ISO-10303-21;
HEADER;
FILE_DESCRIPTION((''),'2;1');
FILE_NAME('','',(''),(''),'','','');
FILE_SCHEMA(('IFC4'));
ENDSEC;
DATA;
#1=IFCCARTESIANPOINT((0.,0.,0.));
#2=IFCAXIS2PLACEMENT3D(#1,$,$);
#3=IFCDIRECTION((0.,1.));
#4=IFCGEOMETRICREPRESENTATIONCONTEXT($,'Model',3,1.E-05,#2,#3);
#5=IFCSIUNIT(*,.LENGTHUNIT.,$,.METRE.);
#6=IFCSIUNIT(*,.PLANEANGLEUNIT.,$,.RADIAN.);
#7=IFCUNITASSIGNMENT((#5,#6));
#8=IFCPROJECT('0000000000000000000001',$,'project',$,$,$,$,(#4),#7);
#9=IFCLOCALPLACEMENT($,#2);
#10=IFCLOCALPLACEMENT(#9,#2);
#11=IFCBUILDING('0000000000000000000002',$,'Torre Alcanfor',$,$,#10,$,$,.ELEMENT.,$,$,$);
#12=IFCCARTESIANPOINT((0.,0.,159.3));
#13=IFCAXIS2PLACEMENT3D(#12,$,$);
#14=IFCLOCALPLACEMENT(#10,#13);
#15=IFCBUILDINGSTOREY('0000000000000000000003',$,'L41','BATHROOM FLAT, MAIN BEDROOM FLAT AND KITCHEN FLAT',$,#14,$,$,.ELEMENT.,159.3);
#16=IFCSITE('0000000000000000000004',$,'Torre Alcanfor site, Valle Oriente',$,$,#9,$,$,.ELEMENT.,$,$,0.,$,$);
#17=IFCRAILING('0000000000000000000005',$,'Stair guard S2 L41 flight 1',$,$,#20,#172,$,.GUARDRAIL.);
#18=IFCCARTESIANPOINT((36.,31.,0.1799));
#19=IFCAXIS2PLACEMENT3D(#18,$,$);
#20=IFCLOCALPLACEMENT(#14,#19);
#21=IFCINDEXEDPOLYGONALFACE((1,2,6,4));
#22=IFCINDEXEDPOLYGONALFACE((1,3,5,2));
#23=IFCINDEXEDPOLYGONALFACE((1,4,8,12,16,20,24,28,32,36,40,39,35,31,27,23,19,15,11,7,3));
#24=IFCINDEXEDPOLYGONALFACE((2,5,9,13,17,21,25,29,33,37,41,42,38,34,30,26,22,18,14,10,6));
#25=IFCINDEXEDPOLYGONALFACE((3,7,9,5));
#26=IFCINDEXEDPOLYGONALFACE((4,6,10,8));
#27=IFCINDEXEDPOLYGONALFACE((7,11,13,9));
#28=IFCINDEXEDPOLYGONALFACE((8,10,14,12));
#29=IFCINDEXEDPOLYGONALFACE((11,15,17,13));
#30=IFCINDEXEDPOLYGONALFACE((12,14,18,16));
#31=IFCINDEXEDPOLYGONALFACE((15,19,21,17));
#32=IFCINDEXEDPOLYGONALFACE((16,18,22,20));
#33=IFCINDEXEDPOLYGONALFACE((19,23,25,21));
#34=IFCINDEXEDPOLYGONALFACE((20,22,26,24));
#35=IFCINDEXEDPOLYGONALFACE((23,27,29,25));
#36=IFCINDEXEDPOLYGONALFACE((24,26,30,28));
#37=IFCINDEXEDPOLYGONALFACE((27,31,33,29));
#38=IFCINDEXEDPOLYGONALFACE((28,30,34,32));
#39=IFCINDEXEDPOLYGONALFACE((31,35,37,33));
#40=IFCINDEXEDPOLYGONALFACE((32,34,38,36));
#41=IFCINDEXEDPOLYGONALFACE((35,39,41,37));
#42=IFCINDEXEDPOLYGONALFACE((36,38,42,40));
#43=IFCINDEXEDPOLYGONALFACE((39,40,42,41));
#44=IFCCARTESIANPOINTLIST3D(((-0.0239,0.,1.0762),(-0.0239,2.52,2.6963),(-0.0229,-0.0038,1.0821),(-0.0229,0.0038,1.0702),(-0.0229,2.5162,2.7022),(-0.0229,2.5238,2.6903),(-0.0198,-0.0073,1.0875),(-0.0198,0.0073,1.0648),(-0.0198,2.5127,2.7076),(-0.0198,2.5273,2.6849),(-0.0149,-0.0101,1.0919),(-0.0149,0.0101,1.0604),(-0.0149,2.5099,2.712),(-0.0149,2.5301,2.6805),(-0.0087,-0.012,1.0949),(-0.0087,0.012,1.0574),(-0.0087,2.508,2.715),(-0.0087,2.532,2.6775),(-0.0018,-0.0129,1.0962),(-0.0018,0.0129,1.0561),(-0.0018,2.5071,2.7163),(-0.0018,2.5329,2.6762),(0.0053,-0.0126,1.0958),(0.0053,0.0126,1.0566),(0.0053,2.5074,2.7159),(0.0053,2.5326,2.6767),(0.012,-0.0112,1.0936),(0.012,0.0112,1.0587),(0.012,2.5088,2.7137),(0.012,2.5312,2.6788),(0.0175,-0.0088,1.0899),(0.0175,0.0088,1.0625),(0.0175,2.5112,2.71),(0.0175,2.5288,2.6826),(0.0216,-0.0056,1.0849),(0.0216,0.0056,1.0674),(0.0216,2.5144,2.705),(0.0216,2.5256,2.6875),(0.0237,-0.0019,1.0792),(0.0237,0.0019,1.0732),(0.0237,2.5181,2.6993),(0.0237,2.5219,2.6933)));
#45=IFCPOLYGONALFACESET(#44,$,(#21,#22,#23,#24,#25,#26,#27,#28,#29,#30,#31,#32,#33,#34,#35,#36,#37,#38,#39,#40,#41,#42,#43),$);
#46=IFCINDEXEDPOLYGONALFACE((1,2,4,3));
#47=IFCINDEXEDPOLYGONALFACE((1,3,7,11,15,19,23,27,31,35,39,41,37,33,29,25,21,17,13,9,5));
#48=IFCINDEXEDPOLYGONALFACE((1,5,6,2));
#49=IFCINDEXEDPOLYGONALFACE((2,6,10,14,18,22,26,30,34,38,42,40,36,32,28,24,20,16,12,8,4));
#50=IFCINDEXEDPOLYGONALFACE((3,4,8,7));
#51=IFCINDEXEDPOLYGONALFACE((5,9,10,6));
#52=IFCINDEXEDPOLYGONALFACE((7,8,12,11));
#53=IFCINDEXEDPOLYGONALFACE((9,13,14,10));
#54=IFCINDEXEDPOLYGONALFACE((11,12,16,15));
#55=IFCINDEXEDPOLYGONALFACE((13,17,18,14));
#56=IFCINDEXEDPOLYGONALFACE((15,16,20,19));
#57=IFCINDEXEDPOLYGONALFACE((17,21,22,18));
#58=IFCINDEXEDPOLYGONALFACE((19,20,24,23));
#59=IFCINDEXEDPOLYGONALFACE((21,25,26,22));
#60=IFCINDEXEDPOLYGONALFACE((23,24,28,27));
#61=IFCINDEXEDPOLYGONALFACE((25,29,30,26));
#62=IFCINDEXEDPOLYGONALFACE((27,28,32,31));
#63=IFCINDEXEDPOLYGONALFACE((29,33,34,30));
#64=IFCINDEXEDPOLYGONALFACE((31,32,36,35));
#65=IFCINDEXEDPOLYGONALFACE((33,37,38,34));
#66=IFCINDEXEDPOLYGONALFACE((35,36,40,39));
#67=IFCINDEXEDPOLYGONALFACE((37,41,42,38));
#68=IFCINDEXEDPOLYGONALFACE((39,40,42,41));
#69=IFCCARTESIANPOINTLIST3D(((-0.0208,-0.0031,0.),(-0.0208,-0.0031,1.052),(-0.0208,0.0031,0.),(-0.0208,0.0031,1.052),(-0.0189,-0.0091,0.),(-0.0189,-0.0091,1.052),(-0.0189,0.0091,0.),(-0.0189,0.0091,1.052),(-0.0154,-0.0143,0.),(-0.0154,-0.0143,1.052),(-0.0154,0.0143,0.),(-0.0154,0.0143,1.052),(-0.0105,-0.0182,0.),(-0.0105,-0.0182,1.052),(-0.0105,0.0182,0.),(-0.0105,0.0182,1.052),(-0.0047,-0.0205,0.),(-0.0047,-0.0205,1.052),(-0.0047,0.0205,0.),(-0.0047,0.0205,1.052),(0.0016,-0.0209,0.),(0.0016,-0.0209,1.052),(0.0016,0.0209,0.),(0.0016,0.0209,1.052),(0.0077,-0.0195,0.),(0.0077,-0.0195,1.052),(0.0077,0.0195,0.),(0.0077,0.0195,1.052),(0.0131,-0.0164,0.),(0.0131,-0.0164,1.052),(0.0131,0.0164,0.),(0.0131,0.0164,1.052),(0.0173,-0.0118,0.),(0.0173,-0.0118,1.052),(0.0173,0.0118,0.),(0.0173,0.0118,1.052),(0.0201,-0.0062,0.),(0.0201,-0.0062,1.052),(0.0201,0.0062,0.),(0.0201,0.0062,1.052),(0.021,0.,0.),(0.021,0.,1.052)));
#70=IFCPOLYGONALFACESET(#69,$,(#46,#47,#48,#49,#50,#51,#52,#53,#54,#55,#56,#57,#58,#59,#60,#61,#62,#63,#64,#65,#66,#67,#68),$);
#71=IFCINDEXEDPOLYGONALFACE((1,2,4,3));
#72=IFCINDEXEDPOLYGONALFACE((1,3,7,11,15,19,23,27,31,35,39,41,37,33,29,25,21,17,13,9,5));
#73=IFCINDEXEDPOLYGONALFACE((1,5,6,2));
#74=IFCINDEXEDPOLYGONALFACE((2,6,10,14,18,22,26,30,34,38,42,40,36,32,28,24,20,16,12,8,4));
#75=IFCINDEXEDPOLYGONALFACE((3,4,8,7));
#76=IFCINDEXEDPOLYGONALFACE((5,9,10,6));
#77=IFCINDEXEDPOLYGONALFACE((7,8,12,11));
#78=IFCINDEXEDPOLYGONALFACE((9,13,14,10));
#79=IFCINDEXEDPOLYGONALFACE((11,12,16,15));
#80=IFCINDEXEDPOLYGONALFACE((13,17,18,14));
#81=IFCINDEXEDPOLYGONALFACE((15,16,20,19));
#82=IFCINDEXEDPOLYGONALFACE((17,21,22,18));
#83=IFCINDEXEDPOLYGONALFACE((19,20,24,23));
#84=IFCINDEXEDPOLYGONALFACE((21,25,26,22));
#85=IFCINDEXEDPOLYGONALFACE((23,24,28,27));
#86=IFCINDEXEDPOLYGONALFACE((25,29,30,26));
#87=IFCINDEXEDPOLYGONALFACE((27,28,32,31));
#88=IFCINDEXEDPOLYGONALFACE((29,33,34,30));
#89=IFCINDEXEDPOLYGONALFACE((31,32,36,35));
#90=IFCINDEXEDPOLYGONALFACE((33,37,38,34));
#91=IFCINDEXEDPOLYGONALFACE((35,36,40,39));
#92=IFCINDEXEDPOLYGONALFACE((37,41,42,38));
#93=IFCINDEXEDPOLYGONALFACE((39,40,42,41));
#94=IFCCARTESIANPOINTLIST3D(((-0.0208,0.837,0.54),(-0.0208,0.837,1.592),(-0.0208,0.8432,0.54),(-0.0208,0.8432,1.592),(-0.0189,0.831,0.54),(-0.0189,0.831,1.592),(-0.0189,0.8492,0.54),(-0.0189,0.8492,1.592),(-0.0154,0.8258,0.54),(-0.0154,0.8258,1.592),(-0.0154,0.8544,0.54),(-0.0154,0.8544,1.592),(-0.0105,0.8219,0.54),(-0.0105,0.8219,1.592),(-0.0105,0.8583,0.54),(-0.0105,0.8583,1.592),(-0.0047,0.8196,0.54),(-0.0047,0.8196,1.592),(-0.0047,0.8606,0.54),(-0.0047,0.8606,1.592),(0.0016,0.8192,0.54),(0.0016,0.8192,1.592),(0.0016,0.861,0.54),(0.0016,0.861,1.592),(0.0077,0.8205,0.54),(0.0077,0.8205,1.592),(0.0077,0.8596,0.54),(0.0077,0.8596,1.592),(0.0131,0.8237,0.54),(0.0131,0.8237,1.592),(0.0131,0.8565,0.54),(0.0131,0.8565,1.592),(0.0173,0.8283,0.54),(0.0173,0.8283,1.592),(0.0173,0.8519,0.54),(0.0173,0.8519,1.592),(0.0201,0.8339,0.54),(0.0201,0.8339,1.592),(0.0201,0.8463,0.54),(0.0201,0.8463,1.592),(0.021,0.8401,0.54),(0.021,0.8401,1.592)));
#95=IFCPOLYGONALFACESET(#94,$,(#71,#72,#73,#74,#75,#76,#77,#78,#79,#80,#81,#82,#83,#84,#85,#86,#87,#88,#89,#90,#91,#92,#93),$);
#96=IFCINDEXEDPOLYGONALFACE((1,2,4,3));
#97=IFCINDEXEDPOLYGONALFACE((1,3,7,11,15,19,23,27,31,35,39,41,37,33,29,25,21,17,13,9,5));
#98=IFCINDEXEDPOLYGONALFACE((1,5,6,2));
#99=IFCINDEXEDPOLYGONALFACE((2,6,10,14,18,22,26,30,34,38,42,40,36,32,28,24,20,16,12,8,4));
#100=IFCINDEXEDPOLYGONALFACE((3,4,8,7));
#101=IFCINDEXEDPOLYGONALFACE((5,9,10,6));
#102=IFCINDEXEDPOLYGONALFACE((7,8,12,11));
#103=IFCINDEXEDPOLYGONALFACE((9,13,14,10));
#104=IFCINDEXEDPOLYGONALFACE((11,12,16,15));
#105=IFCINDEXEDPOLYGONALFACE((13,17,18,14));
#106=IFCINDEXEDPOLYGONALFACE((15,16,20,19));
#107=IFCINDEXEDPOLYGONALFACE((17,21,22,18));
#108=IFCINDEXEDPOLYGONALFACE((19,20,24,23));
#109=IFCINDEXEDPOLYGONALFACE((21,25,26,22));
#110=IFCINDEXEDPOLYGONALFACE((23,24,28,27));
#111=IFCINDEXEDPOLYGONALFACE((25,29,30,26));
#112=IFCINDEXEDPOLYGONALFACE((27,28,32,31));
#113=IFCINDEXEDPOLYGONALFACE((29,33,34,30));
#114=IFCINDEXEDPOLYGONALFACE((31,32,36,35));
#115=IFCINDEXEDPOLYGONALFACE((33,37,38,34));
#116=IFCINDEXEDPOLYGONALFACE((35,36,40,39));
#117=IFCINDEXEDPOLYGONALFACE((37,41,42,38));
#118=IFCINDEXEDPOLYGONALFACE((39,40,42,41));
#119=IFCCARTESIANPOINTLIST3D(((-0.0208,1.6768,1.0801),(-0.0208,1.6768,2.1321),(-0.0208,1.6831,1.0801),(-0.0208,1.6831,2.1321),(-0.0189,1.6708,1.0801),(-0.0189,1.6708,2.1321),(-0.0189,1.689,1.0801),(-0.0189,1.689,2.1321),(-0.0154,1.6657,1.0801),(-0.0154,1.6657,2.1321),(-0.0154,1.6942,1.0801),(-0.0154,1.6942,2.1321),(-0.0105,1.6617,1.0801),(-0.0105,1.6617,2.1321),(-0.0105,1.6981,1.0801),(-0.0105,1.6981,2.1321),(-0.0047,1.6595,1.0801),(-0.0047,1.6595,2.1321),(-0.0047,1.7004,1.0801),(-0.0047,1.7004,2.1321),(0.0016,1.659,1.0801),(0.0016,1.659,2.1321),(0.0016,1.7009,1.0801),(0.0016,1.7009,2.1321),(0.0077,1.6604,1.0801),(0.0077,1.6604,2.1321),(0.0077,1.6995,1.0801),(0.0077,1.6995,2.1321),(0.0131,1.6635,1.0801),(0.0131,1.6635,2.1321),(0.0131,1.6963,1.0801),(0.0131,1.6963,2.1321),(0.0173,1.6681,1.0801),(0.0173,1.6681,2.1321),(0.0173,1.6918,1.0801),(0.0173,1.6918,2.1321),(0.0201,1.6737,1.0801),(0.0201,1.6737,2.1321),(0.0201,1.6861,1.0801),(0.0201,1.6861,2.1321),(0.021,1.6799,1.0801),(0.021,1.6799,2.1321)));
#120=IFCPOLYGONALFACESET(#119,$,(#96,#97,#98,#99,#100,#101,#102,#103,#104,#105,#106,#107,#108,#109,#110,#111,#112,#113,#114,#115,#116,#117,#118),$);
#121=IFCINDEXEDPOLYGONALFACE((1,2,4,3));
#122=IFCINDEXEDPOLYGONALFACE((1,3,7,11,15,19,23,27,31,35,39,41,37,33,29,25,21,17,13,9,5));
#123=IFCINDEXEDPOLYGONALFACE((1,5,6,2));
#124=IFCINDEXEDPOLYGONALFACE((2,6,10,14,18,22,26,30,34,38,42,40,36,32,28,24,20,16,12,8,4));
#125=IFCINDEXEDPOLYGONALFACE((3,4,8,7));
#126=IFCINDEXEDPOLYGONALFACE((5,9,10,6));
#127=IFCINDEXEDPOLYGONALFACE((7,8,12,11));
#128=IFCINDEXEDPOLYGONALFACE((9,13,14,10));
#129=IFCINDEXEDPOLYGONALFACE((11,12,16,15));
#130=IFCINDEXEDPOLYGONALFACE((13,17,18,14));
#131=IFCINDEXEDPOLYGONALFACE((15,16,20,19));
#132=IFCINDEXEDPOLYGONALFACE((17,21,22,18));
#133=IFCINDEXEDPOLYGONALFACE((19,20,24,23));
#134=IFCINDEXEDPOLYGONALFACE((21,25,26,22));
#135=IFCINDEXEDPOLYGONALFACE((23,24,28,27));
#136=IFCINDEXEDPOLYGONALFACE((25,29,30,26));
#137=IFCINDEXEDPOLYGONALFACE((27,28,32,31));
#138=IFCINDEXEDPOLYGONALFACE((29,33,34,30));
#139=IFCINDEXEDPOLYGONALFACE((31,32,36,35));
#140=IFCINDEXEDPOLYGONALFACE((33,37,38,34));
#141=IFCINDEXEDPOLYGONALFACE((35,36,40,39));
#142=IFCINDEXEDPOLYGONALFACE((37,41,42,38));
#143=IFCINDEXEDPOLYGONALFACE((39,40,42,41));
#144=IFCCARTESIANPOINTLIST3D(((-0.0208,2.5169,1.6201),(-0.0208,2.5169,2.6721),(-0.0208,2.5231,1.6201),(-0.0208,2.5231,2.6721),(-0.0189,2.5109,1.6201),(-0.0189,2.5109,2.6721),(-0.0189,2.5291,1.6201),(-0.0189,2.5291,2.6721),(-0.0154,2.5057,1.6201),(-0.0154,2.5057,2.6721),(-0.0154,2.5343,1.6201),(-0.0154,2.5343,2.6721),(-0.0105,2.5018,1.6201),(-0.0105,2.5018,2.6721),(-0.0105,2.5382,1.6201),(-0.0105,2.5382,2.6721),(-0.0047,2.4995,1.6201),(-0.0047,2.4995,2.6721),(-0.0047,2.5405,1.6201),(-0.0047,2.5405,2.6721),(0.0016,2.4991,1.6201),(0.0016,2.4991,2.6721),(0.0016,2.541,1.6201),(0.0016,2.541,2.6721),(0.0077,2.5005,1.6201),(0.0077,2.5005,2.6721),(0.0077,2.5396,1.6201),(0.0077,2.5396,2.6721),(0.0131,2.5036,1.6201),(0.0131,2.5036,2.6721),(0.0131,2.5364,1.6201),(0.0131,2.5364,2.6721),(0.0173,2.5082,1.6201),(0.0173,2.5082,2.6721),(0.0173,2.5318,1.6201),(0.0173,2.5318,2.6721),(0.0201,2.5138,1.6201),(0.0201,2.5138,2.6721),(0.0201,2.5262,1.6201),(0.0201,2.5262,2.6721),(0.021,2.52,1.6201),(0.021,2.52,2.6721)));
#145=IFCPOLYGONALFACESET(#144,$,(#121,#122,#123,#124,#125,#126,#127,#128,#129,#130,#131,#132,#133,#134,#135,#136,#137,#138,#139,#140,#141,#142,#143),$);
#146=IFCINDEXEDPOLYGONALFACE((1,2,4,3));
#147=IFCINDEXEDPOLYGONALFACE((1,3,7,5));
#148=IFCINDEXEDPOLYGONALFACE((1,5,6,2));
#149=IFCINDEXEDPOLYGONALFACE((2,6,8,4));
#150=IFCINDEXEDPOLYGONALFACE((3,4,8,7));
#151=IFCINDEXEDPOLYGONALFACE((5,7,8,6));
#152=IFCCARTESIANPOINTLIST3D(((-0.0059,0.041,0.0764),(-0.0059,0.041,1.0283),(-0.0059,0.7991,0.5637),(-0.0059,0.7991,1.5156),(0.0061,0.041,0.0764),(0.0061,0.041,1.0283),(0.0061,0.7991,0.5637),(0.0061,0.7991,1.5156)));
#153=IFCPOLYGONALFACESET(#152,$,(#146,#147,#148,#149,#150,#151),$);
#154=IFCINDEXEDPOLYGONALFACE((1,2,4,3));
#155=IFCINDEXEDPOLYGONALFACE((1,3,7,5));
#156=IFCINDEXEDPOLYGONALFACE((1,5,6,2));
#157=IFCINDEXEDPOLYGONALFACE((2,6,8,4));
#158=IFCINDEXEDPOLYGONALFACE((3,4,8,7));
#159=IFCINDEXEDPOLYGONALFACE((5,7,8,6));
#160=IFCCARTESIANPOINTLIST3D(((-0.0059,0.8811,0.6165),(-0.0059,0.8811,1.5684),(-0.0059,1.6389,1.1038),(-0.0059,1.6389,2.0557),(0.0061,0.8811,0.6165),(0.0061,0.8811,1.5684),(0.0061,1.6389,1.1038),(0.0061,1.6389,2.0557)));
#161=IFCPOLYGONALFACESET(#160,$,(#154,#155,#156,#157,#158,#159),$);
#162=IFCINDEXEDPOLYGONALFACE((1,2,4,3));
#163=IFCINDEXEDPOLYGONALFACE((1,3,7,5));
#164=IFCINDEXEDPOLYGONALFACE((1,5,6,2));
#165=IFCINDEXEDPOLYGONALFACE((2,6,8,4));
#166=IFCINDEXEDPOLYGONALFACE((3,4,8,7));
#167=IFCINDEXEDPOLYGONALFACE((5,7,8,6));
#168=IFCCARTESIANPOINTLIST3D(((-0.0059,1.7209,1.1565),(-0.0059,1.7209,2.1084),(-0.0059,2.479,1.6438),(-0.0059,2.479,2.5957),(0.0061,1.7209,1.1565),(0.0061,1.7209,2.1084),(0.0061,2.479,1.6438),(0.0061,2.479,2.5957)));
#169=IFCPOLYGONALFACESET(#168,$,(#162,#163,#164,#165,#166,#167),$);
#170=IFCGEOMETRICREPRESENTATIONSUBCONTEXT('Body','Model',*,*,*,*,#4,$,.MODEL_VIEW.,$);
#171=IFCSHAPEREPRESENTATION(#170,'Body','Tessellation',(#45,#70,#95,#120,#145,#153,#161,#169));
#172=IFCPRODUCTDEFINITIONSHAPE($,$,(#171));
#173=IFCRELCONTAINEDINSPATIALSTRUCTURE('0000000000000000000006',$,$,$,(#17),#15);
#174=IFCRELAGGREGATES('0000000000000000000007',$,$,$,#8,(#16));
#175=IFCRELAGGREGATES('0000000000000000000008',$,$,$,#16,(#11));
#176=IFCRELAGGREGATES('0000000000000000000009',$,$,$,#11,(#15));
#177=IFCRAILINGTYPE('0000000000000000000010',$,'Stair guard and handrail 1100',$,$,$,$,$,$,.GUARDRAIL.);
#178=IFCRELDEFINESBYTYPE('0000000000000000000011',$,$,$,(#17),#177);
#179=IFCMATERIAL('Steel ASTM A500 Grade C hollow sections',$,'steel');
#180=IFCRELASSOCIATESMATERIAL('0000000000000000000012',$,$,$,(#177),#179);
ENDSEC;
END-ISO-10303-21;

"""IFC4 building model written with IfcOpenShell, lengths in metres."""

from ifc_helpers import new_model, si_unit, direction, frame, origin, origin_2d, place, context, subcontext, project, spatial, polyline, circle, outline, extrude, material, type_object, element, save


model = new_model("IFC4")

# Units and contexts
model_context = context("Model", 3, precision=1e-05, world=origin(), true_north=direction((0.0, 1.0)))
body_context = subcontext(model_context, "Body", "Model", "MODEL_VIEW")
ifc_project = project(units=[si_unit("LENGTHUNIT", "METRE"), si_unit("PLANEANGLEUNIT", "RADIAN")], contexts=[model_context])

# Site, building, storey
site_placement = place(None, origin())
site = spatial("IfcSite", under=ifc_project, at=site_placement, Name="Torre Alcanfor site, Valle Oriente", CompositionType="ELEMENT", RefElevation=0.0)
building_placement = place(site_placement, origin())
building = spatial("IfcBuilding", under=site, at=building_placement, Name="Torre Alcanfor", CompositionType="ELEMENT")
storey_placement = place(building_placement, frame((0.0, 0.0, 159.3)))
storey = spatial("IfcBuildingStorey", under=building, at=storey_placement, Name="L41", Description="BATHROOM FLAT, MAIN BEDROOM FLAT AND KITCHEN FLAT", CompositionType="ELEMENT", Elevation=159.3)

# Railing
ifc_material_1 = material(Name="Steel ASTM A500 Grade C hollow sections", Category="steel")
railing_type_1 = type_object("IfcRailingType", Name="Stair guard and handrail 1100", PredefinedType="GUARDRAIL", material=ifc_material_1)
railing_1_placement = place(storey_placement, frame((36.0, 31.0, 0.1799)))
element("IfcRailing", 1, at=railing_1_placement, inside=storey, type_object=railing_type_1, Name="Stair guard S2 L41 flight 1", PredefinedType="GUARDRAIL", context=body_context, shape_type="SweptSolid", body=[
    extrude(circle(Radius=0.0239, at=origin_2d()), frame((0.0, 0.0, 1.0762), z_axis=(0.0, 0.841163, 0.540782), x_axis=(-1.0, 0.0, 0.0)), (0.0, 0.0, 1.0), 2.9958),
    extrude(circle(Radius=0.021, at=origin_2d()), origin(), (0.0, 0.0, 1.0), 1.052),
    extrude(circle(Radius=0.021, at=origin_2d()), frame((0.0, 0.8401, 0.54)), (0.0, 0.0, 1.0), 1.052),
    extrude(circle(Radius=0.021, at=origin_2d()), frame((0.0, 1.6799, 1.0801)), (0.0, 0.0, 1.0), 1.052),
    extrude(circle(Radius=0.021, at=origin_2d()), frame((0.0, 2.52, 1.6201)), (0.0, 0.0, 1.0), 1.052),
    extrude(outline(polyline([(0.041, 0.0764), (0.7991, 0.5637), (0.7991, 1.5156), (0.041, 1.0283), (0.041, 0.0764)])), frame((-0.0059, 0.0, 0.0), z_axis=(1.0, 0.0, 0.0), x_axis=(0.0, 1.0, 0.0)), (0.0, 0.0, 1.0), 0.012),
    extrude(outline(polyline([(0.8811, 0.6165), (1.6389, 1.1038), (1.6389, 2.0557), (0.8811, 1.5684), (0.8811, 0.6165)])), frame((-0.0059, 0.0, 0.0), z_axis=(1.0, 0.0, 0.0), x_axis=(0.0, 1.0, 0.0)), (0.0, 0.0, 1.0), 0.012),
    extrude(outline(polyline([(1.7209, 1.1565), (2.479, 1.6438), (2.479, 2.5957), (1.7209, 2.1084), (1.7209, 1.1565)])), frame((-0.0059, 0.0, 0.0), z_axis=(1.0, 0.0, 0.0), x_axis=(0.0, 1.0, 0.0)), (0.0, 0.0, 1.0), 0.012),
])

save(model, "model.ifc")
